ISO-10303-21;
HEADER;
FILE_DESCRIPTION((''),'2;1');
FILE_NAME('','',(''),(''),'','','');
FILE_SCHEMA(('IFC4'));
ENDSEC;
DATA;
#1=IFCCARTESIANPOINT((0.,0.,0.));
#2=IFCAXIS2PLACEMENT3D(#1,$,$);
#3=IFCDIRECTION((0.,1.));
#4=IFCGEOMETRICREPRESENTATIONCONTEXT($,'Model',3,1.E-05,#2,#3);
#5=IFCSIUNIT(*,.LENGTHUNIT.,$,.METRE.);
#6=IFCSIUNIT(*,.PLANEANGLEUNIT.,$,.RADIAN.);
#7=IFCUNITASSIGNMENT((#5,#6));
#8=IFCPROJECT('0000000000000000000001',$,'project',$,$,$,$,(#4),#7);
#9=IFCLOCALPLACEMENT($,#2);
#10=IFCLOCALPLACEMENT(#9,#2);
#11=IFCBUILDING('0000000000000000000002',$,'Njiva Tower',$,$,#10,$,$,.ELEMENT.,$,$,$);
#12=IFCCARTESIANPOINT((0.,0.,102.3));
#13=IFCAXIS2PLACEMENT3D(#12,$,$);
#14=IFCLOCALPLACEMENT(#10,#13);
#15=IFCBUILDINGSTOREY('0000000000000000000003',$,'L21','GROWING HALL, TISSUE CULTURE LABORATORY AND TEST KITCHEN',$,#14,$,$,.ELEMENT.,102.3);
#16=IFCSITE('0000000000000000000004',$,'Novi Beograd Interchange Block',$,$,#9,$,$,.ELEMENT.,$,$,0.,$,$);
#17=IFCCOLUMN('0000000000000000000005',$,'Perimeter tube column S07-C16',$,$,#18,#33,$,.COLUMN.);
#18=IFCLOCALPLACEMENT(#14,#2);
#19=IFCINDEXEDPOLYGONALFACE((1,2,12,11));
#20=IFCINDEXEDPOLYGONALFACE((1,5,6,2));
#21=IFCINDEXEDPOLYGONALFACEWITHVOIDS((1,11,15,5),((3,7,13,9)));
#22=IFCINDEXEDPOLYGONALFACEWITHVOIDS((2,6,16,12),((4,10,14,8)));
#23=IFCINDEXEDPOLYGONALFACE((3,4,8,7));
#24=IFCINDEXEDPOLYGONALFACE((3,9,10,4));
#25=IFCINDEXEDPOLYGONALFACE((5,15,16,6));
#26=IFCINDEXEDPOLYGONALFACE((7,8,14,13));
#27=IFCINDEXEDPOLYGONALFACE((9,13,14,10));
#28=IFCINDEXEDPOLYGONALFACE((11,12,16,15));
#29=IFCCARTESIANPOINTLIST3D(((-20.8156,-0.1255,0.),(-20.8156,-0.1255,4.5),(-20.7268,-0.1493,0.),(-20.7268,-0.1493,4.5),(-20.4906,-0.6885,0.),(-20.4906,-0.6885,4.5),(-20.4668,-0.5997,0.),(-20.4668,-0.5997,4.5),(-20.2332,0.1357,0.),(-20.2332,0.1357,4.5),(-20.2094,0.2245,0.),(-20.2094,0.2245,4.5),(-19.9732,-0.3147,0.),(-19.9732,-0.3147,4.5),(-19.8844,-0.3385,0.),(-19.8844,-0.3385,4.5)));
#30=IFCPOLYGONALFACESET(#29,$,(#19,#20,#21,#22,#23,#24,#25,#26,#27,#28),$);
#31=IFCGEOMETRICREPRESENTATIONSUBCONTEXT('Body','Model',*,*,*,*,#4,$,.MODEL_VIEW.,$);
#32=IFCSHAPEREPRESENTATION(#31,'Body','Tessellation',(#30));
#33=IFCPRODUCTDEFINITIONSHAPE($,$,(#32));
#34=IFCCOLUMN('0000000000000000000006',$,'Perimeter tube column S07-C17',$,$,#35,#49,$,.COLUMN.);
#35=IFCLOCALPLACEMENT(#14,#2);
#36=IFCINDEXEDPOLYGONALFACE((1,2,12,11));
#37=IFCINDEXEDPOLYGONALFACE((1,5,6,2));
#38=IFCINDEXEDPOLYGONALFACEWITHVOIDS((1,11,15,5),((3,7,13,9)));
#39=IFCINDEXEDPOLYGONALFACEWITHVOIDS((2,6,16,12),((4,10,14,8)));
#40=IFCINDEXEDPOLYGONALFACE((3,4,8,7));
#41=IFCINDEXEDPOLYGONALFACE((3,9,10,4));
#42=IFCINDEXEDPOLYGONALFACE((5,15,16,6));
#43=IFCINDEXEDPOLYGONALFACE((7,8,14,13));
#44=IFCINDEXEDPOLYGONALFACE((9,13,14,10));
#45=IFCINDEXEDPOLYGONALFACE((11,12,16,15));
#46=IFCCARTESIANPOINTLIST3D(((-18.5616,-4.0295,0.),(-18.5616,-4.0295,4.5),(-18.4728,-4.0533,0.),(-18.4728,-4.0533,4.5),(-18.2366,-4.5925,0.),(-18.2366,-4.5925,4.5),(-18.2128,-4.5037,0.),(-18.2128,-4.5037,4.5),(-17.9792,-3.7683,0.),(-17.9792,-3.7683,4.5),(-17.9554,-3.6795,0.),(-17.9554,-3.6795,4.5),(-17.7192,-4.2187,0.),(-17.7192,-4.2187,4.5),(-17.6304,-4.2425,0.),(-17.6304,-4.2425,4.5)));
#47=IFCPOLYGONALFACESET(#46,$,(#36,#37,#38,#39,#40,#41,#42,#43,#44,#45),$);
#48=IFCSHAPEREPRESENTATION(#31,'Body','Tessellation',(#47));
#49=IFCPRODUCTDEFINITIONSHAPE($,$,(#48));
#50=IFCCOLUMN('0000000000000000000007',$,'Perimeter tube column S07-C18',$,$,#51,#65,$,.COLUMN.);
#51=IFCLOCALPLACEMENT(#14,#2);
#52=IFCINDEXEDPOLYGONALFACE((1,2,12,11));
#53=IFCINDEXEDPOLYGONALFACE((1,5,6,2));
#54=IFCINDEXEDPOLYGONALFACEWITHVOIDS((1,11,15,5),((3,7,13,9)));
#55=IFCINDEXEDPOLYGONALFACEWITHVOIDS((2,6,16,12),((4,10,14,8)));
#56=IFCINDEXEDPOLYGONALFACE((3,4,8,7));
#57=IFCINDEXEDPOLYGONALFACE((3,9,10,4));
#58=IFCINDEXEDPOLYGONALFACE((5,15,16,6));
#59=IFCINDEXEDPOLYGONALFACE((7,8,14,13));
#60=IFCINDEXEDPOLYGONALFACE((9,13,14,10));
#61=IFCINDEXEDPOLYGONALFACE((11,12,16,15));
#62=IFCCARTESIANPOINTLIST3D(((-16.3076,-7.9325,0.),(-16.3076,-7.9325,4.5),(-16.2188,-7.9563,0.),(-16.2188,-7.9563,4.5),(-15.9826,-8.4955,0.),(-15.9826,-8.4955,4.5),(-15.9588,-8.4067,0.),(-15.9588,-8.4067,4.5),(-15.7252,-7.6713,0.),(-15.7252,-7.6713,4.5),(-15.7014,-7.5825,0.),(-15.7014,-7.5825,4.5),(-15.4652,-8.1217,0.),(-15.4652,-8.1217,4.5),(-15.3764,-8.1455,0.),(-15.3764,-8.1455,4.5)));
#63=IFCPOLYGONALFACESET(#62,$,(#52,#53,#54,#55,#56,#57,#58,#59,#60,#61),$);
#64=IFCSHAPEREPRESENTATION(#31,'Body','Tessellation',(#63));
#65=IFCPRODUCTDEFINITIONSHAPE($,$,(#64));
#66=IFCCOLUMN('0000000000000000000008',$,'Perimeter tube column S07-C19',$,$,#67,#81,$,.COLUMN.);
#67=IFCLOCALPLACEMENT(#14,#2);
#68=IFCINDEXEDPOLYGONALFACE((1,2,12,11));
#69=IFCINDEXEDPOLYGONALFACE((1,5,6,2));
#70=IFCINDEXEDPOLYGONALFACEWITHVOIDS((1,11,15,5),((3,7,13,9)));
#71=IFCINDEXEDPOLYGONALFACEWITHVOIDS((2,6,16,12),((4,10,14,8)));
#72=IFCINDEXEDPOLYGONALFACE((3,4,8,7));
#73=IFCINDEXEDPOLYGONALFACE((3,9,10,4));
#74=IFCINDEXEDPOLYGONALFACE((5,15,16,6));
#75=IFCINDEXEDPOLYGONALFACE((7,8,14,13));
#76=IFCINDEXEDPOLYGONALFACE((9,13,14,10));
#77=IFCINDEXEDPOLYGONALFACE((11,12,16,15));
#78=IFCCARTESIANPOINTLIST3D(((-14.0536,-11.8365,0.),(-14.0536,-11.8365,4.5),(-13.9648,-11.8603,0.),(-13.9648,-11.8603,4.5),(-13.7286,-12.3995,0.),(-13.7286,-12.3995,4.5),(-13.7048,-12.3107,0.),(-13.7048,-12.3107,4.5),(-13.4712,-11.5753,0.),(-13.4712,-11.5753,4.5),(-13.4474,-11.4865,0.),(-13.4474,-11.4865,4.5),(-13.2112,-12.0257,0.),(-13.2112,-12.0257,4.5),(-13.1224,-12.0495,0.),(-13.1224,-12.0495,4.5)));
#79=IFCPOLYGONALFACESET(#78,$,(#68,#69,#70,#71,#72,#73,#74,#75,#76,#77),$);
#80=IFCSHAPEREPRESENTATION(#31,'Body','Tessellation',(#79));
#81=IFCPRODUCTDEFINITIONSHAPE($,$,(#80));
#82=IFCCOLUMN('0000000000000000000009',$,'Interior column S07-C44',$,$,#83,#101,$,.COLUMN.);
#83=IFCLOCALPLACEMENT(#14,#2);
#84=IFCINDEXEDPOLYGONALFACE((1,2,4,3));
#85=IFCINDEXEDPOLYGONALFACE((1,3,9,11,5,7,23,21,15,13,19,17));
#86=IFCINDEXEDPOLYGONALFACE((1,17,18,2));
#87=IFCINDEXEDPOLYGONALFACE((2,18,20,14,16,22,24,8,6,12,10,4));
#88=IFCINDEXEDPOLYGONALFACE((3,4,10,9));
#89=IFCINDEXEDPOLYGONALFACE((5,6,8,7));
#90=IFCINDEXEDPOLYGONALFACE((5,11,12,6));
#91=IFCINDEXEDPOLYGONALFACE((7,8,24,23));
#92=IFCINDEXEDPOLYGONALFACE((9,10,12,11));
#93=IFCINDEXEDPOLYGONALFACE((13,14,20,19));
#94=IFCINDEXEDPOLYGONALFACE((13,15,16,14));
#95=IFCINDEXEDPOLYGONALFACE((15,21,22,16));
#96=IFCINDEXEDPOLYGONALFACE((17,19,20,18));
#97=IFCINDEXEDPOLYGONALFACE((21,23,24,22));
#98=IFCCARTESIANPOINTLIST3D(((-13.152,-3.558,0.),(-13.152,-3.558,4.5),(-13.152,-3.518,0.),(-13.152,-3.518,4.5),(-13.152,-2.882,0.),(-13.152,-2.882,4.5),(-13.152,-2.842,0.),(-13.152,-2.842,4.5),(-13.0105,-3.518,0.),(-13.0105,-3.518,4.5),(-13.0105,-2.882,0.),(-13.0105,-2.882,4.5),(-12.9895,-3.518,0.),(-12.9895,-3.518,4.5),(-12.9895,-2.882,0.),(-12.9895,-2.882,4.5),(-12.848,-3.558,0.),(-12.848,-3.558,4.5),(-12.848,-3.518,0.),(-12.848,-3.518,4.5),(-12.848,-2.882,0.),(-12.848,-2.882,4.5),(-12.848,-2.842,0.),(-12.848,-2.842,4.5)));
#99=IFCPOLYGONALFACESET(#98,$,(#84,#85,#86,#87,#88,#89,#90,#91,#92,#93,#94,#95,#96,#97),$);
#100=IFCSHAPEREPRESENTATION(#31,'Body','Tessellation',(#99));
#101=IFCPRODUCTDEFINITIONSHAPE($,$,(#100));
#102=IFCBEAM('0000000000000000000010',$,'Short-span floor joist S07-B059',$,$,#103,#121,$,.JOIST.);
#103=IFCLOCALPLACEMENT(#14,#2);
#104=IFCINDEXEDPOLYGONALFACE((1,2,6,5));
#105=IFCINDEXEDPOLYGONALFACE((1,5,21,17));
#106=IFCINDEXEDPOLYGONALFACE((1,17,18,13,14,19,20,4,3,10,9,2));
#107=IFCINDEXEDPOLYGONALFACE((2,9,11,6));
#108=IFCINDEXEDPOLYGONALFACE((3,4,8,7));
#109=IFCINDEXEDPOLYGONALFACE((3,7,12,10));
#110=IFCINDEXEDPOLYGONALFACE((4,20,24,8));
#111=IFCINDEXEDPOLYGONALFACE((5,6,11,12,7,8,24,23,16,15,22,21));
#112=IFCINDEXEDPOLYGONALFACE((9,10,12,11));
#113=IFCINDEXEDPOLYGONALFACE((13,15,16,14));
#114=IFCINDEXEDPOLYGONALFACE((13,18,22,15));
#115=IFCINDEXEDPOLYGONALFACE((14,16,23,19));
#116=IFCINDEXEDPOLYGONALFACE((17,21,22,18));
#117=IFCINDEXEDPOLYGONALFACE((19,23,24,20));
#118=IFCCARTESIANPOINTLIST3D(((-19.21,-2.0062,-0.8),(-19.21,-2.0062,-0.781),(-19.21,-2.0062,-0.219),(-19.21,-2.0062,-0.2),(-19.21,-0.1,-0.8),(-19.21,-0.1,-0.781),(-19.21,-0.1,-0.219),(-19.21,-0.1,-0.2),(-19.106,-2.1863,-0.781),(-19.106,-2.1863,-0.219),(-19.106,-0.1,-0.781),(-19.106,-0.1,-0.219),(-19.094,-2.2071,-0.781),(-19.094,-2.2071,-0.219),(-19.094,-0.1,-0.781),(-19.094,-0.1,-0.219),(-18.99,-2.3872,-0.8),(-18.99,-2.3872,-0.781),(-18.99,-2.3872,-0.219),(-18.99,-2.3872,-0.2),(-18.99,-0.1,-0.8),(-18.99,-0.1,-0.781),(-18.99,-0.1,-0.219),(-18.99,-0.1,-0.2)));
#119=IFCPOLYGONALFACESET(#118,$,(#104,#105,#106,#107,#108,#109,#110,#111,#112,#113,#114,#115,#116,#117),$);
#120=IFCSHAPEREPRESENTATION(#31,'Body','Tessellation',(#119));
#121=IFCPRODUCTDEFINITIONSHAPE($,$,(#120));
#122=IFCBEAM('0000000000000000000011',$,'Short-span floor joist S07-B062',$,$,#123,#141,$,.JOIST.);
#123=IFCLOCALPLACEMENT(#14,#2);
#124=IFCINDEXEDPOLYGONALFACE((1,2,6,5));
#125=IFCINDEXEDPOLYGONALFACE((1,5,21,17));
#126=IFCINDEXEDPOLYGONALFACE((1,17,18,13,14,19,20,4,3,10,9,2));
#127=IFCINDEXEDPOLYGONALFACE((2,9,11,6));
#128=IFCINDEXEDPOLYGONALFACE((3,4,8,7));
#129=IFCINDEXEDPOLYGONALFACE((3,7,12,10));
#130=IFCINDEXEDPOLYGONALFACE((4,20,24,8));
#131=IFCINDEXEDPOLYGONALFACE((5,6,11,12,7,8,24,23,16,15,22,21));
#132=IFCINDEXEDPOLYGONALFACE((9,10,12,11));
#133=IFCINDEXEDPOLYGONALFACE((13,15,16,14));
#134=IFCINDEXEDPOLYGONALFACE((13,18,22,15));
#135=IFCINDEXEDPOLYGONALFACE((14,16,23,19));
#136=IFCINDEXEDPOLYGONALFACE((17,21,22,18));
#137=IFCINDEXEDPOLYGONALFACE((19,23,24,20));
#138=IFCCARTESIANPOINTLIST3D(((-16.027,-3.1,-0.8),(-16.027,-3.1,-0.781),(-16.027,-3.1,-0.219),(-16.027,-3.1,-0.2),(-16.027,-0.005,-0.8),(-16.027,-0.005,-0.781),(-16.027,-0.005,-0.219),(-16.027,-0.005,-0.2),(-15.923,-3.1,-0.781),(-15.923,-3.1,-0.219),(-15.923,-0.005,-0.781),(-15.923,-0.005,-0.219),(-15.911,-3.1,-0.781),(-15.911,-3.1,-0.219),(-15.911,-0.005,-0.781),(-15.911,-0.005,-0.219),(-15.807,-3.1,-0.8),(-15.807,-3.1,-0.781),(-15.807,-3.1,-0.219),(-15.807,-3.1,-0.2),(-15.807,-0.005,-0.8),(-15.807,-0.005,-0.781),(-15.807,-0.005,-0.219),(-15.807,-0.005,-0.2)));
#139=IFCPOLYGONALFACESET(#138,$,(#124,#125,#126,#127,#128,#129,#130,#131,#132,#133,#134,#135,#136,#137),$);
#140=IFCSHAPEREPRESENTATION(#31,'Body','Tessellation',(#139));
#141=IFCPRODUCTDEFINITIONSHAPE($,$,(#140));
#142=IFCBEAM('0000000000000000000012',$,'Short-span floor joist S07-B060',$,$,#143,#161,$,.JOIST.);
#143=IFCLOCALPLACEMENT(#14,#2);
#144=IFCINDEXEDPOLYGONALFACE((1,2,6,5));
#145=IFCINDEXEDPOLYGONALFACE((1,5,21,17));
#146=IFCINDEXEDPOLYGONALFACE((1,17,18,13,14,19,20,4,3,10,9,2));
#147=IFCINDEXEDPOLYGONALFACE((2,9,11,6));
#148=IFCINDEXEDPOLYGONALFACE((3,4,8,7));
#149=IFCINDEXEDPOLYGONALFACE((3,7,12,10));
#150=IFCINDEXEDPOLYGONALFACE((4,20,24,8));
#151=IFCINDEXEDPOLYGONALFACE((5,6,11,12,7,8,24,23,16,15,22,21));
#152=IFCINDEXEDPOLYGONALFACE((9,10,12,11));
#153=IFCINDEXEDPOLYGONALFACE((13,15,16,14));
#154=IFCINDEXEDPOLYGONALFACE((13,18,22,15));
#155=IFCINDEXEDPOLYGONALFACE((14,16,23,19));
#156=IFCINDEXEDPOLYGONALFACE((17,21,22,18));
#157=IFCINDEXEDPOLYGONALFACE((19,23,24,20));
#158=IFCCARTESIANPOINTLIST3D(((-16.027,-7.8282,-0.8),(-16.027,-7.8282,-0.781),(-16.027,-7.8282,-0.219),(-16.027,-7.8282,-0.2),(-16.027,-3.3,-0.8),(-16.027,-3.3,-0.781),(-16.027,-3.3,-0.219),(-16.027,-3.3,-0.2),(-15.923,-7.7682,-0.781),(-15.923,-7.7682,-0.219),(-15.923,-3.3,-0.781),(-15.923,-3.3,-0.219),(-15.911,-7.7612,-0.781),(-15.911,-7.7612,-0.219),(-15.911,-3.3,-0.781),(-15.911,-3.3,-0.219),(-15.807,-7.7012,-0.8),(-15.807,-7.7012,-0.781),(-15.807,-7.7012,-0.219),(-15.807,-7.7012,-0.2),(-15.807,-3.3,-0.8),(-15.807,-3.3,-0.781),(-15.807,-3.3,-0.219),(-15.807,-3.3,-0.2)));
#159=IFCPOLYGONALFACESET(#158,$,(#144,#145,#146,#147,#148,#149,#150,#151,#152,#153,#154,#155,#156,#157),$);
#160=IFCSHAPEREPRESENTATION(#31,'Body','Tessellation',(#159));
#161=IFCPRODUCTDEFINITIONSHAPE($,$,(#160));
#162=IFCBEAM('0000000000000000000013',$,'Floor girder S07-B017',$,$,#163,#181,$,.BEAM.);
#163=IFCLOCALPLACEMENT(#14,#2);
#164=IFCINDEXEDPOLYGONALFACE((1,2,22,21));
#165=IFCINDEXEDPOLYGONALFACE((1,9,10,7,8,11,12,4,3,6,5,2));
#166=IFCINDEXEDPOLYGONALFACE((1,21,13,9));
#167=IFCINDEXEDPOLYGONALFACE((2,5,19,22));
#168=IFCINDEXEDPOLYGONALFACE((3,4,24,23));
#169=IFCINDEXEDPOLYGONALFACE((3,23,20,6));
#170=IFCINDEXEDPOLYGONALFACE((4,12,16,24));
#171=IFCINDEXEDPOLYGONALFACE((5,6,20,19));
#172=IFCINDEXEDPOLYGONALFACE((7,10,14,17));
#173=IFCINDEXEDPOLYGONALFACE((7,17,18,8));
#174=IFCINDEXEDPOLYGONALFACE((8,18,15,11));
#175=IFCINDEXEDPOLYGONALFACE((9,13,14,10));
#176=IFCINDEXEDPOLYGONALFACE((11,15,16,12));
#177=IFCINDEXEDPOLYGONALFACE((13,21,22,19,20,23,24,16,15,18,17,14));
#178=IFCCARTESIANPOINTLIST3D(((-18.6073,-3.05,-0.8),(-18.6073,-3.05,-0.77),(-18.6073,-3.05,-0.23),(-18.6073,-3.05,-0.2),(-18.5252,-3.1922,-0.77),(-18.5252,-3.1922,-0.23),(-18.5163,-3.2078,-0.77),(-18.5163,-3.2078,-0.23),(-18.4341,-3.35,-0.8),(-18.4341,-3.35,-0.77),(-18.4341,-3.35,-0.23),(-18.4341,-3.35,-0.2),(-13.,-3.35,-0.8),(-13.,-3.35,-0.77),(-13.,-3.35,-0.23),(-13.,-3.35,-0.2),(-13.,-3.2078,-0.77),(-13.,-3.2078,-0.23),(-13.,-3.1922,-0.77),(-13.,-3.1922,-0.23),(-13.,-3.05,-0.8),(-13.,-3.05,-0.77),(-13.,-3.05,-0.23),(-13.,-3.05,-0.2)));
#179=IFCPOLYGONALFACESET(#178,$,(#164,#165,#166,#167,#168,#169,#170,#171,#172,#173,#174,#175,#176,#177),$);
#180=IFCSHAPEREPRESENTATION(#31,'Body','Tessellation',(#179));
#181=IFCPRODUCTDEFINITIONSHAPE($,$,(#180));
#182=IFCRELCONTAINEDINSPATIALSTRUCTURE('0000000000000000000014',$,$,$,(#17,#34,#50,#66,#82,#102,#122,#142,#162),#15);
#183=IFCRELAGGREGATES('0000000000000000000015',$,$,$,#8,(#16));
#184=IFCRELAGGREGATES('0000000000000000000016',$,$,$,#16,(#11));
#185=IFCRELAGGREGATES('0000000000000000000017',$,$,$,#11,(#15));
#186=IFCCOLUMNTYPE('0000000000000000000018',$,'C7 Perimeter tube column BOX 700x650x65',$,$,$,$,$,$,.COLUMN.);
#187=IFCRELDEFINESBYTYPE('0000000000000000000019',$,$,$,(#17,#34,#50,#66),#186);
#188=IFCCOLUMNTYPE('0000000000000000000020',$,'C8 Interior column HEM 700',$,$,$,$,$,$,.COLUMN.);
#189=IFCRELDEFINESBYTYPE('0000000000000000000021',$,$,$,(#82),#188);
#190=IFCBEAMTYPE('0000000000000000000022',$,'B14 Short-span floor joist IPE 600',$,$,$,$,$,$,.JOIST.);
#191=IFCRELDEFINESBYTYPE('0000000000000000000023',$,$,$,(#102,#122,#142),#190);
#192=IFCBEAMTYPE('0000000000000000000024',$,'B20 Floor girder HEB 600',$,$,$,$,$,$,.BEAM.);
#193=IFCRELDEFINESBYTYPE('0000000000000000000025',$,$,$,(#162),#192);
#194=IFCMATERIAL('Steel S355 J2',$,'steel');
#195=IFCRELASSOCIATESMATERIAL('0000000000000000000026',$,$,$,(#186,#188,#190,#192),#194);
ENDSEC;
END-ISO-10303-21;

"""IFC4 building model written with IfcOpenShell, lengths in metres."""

from ifc_helpers import new_model, si_unit, direction, frame, origin, origin_2d, place, context, subcontext, project, spatial, hollow_rectangle, i_section, extrude, clip, halfspace, material, material_profile, profile_set, type_object, element, save


model = new_model("IFC4")

# Units and contexts
model_context = context("Model", 3, precision=1e-05, world=origin(), true_north=direction((0.0, 1.0)))
body_context = subcontext(model_context, "Body", "Model", "MODEL_VIEW")
ifc_project = project(units=[si_unit("LENGTHUNIT", "METRE"), si_unit("PLANEANGLEUNIT", "RADIAN")], contexts=[model_context])

# Site, building, storey
site_placement = place(None, origin())
site = spatial("IfcSite", under=ifc_project, at=site_placement, Name="Novi Beograd Interchange Block", CompositionType="ELEMENT", RefElevation=0.0)
building_placement = place(site_placement, origin())
building = spatial("IfcBuilding", under=site, at=building_placement, Name="Njiva Tower", CompositionType="ELEMENT")
storey_placement = place(building_placement, frame((0.0, 0.0, 102.3)))
storey = spatial("IfcBuildingStorey", under=building, at=storey_placement, Name="L21", Description="GROWING HALL, TISSUE CULTURE LABORATORY AND TEST KITCHEN", CompositionType="ELEMENT", Elevation=102.3)

# Columns
ifc_material_1 = material(Name="Steel S355 J2", Category="steel")
ifc_material_profile_1 = material_profile(ifc_material_1, hollow_rectangle(XDim=0.65, YDim=0.7, WallThickness=0.065, at=origin_2d()), Name="BOX 700x650x65")
ifc_profile_set_1 = profile_set([ifc_material_profile_1], Name="Steel S355 J2")
column_type_1 = type_object("IfcColumnType", Name="C7 Perimeter tube column BOX 700x650x65", PredefinedType="COLUMN", material=ifc_profile_set_1)
for number, where, z_axis, x_axis, name in (
    (1, (-20.35, -0.232, 0.0), (0.0, 0.0, 1.0), (0.5, -0.866025, 0.0), "Perimeter tube column S07-C16"),
    (2, (-18.096, -4.136, 0.0), (0.0, 0.0, 1.0), (0.5, -0.866025, 0.0), "Perimeter tube column S07-C17"),
    (3, (-15.842, -8.039, 0.0), (0.0, 0.0, 1.0), (0.5, -0.866025, 0.0), "Perimeter tube column S07-C18"),
    (4, (-13.588, -11.943, 0.0), (0.0, 0.0, 1.0), (0.5, -0.866025, 0.0), "Perimeter tube column S07-C19"),
):
    element("IfcColumn", number, at=place(storey_placement, frame(where, z_axis=z_axis, x_axis=x_axis)), inside=storey, type_object=column_type_1, Name=name, PredefinedType="COLUMN", context=body_context, shape_type="SweptSolid", body=[
        extrude(hollow_rectangle(XDim=0.65, YDim=0.7, WallThickness=0.065, at=origin_2d()), origin(), (0.0, 0.0, 1.0), 4.5),
    ])
ifc_material_profile_2 = material_profile(ifc_material_1, i_section(OverallWidth=0.304, OverallDepth=0.716, WebThickness=0.021, FlangeThickness=0.04, at=origin_2d()), Name="HEM 700")
ifc_profile_set_2 = profile_set([ifc_material_profile_2], Name="Steel S355 J2")
column_type_2 = type_object("IfcColumnType", Name="C8 Interior column HEM 700", PredefinedType="COLUMN", material=ifc_profile_set_2)
column_placement = place(storey_placement, frame((-13.0, -3.2, 0.0), z_axis=(0.0, 0.0, 1.0), x_axis=(1.0, 0.0, 0.0)))
element("IfcColumn", 5, at=column_placement, inside=storey, type_object=column_type_2, Name="Interior column S07-C44", PredefinedType="COLUMN", context=body_context, shape_type="SweptSolid", body=[
    extrude(i_section(OverallWidth=0.304, OverallDepth=0.716, WebThickness=0.021, FlangeThickness=0.04, at=origin_2d()), origin(), (0.0, 0.0, 1.0), 4.5),
])

# Beams
ifc_material_profile_3 = material_profile(ifc_material_1, i_section(OverallWidth=0.22, OverallDepth=0.6, WebThickness=0.012, FlangeThickness=0.019, at=origin_2d()), Name="IPE 600")
ifc_profile_set_3 = profile_set([ifc_material_profile_3], Name="Steel S355 J2")
beam_type_1 = type_object("IfcBeamType", Name="B14 Short-span floor joist IPE 600", PredefinedType="JOIST", material=ifc_profile_set_3)
beam_1_placement = place(storey_placement, frame((-19.1, -0.1, -0.5), z_axis=(0.0, -1.0, 0.0), x_axis=(1.0, 0.0, 0.0)))
element("IfcBeam", 6, at=beam_1_placement, inside=storey, type_object=beam_type_1, Name="Short-span floor joist S07-B059", PredefinedType="JOIST", context=body_context, shape_type="Clipping", body=[
    clip(extrude(i_section(OverallWidth=0.22, OverallDepth=0.6, WebThickness=0.012, FlangeThickness=0.019, at=origin_2d()), origin(), (0.0, 0.0, 1.0), 2.308), halfspace(frame((-0.0433, 0.0, 2.0217), z_axis=(-0.866027, 0.0, 0.499998), x_axis=(0.0, 1.0, 0.0)), False)),
])
beam_2_placement = place(storey_placement, frame((-15.917, -0.005, -0.5), z_axis=(0.0, -1.0, 0.0), x_axis=(1.0, 0.0, 0.0)))
element("IfcBeam", 7, at=beam_2_placement, inside=storey, type_object=beam_type_1, Name="Short-span floor joist S07-B062", PredefinedType="JOIST", context=body_context, shape_type="SweptSolid", body=[
    extrude(i_section(OverallWidth=0.22, OverallDepth=0.6, WebThickness=0.012, FlangeThickness=0.019, at=origin_2d()), origin(), (0.0, 0.0, 1.0), 3.095),
])
beam_3_placement = place(storey_placement, frame((-15.917, -3.3, -0.5), z_axis=(0.0, -1.0, 0.0), x_axis=(1.0, 0.0, 0.0)))
element("IfcBeam", 8, at=beam_3_placement, inside=storey, type_object=beam_type_1, Name="Short-span floor joist S07-B060", PredefinedType="JOIST", context=body_context, shape_type="Clipping", body=[
    clip(extrude(i_section(OverallWidth=0.22, OverallDepth=0.6, WebThickness=0.012, FlangeThickness=0.019, at=origin_2d()), origin(), (0.0, 0.0, 1.0), 4.549), halfspace(frame((0.0253, 0.0, 4.4501), z_axis=(0.499998, 0.0, 0.866027), x_axis=(0.0, 1.0, 0.0)), False)),
])
ifc_material_profile_4 = material_profile(ifc_material_1, i_section(OverallWidth=0.3, OverallDepth=0.6, WebThickness=0.0155, FlangeThickness=0.03, at=origin_2d()), Name="HEB 600")
ifc_profile_set_4 = profile_set([ifc_material_profile_4], Name="Steel S355 J2")
beam_type_2 = type_object("IfcBeamType", Name="B20 Floor girder HEB 600", PredefinedType="BEAM", material=ifc_profile_set_4)
beam_4_placement = place(storey_placement, frame((-18.628, -3.2, -0.5), z_axis=(1.0, 0.0, 0.0), x_axis=(0.0, 1.0, 0.0)))
element("IfcBeam", 9, at=beam_4_placement, inside=storey, type_object=beam_type_2, Name="Floor girder S07-B017", PredefinedType="BEAM", context=body_context, shape_type="Clipping", body=[
    clip(extrude(i_section(OverallWidth=0.3, OverallDepth=0.6, WebThickness=0.0155, FlangeThickness=0.03, at=origin_2d()), origin(), (0.0, 0.0, 1.0), 5.628), halfspace(frame((-0.025, 0.0, 0.1217), z_axis=(-0.499998, 0.0, -0.866027), x_axis=(0.0, -1.0, 0.0)), False)),
])

save(model, "model.ifc")
